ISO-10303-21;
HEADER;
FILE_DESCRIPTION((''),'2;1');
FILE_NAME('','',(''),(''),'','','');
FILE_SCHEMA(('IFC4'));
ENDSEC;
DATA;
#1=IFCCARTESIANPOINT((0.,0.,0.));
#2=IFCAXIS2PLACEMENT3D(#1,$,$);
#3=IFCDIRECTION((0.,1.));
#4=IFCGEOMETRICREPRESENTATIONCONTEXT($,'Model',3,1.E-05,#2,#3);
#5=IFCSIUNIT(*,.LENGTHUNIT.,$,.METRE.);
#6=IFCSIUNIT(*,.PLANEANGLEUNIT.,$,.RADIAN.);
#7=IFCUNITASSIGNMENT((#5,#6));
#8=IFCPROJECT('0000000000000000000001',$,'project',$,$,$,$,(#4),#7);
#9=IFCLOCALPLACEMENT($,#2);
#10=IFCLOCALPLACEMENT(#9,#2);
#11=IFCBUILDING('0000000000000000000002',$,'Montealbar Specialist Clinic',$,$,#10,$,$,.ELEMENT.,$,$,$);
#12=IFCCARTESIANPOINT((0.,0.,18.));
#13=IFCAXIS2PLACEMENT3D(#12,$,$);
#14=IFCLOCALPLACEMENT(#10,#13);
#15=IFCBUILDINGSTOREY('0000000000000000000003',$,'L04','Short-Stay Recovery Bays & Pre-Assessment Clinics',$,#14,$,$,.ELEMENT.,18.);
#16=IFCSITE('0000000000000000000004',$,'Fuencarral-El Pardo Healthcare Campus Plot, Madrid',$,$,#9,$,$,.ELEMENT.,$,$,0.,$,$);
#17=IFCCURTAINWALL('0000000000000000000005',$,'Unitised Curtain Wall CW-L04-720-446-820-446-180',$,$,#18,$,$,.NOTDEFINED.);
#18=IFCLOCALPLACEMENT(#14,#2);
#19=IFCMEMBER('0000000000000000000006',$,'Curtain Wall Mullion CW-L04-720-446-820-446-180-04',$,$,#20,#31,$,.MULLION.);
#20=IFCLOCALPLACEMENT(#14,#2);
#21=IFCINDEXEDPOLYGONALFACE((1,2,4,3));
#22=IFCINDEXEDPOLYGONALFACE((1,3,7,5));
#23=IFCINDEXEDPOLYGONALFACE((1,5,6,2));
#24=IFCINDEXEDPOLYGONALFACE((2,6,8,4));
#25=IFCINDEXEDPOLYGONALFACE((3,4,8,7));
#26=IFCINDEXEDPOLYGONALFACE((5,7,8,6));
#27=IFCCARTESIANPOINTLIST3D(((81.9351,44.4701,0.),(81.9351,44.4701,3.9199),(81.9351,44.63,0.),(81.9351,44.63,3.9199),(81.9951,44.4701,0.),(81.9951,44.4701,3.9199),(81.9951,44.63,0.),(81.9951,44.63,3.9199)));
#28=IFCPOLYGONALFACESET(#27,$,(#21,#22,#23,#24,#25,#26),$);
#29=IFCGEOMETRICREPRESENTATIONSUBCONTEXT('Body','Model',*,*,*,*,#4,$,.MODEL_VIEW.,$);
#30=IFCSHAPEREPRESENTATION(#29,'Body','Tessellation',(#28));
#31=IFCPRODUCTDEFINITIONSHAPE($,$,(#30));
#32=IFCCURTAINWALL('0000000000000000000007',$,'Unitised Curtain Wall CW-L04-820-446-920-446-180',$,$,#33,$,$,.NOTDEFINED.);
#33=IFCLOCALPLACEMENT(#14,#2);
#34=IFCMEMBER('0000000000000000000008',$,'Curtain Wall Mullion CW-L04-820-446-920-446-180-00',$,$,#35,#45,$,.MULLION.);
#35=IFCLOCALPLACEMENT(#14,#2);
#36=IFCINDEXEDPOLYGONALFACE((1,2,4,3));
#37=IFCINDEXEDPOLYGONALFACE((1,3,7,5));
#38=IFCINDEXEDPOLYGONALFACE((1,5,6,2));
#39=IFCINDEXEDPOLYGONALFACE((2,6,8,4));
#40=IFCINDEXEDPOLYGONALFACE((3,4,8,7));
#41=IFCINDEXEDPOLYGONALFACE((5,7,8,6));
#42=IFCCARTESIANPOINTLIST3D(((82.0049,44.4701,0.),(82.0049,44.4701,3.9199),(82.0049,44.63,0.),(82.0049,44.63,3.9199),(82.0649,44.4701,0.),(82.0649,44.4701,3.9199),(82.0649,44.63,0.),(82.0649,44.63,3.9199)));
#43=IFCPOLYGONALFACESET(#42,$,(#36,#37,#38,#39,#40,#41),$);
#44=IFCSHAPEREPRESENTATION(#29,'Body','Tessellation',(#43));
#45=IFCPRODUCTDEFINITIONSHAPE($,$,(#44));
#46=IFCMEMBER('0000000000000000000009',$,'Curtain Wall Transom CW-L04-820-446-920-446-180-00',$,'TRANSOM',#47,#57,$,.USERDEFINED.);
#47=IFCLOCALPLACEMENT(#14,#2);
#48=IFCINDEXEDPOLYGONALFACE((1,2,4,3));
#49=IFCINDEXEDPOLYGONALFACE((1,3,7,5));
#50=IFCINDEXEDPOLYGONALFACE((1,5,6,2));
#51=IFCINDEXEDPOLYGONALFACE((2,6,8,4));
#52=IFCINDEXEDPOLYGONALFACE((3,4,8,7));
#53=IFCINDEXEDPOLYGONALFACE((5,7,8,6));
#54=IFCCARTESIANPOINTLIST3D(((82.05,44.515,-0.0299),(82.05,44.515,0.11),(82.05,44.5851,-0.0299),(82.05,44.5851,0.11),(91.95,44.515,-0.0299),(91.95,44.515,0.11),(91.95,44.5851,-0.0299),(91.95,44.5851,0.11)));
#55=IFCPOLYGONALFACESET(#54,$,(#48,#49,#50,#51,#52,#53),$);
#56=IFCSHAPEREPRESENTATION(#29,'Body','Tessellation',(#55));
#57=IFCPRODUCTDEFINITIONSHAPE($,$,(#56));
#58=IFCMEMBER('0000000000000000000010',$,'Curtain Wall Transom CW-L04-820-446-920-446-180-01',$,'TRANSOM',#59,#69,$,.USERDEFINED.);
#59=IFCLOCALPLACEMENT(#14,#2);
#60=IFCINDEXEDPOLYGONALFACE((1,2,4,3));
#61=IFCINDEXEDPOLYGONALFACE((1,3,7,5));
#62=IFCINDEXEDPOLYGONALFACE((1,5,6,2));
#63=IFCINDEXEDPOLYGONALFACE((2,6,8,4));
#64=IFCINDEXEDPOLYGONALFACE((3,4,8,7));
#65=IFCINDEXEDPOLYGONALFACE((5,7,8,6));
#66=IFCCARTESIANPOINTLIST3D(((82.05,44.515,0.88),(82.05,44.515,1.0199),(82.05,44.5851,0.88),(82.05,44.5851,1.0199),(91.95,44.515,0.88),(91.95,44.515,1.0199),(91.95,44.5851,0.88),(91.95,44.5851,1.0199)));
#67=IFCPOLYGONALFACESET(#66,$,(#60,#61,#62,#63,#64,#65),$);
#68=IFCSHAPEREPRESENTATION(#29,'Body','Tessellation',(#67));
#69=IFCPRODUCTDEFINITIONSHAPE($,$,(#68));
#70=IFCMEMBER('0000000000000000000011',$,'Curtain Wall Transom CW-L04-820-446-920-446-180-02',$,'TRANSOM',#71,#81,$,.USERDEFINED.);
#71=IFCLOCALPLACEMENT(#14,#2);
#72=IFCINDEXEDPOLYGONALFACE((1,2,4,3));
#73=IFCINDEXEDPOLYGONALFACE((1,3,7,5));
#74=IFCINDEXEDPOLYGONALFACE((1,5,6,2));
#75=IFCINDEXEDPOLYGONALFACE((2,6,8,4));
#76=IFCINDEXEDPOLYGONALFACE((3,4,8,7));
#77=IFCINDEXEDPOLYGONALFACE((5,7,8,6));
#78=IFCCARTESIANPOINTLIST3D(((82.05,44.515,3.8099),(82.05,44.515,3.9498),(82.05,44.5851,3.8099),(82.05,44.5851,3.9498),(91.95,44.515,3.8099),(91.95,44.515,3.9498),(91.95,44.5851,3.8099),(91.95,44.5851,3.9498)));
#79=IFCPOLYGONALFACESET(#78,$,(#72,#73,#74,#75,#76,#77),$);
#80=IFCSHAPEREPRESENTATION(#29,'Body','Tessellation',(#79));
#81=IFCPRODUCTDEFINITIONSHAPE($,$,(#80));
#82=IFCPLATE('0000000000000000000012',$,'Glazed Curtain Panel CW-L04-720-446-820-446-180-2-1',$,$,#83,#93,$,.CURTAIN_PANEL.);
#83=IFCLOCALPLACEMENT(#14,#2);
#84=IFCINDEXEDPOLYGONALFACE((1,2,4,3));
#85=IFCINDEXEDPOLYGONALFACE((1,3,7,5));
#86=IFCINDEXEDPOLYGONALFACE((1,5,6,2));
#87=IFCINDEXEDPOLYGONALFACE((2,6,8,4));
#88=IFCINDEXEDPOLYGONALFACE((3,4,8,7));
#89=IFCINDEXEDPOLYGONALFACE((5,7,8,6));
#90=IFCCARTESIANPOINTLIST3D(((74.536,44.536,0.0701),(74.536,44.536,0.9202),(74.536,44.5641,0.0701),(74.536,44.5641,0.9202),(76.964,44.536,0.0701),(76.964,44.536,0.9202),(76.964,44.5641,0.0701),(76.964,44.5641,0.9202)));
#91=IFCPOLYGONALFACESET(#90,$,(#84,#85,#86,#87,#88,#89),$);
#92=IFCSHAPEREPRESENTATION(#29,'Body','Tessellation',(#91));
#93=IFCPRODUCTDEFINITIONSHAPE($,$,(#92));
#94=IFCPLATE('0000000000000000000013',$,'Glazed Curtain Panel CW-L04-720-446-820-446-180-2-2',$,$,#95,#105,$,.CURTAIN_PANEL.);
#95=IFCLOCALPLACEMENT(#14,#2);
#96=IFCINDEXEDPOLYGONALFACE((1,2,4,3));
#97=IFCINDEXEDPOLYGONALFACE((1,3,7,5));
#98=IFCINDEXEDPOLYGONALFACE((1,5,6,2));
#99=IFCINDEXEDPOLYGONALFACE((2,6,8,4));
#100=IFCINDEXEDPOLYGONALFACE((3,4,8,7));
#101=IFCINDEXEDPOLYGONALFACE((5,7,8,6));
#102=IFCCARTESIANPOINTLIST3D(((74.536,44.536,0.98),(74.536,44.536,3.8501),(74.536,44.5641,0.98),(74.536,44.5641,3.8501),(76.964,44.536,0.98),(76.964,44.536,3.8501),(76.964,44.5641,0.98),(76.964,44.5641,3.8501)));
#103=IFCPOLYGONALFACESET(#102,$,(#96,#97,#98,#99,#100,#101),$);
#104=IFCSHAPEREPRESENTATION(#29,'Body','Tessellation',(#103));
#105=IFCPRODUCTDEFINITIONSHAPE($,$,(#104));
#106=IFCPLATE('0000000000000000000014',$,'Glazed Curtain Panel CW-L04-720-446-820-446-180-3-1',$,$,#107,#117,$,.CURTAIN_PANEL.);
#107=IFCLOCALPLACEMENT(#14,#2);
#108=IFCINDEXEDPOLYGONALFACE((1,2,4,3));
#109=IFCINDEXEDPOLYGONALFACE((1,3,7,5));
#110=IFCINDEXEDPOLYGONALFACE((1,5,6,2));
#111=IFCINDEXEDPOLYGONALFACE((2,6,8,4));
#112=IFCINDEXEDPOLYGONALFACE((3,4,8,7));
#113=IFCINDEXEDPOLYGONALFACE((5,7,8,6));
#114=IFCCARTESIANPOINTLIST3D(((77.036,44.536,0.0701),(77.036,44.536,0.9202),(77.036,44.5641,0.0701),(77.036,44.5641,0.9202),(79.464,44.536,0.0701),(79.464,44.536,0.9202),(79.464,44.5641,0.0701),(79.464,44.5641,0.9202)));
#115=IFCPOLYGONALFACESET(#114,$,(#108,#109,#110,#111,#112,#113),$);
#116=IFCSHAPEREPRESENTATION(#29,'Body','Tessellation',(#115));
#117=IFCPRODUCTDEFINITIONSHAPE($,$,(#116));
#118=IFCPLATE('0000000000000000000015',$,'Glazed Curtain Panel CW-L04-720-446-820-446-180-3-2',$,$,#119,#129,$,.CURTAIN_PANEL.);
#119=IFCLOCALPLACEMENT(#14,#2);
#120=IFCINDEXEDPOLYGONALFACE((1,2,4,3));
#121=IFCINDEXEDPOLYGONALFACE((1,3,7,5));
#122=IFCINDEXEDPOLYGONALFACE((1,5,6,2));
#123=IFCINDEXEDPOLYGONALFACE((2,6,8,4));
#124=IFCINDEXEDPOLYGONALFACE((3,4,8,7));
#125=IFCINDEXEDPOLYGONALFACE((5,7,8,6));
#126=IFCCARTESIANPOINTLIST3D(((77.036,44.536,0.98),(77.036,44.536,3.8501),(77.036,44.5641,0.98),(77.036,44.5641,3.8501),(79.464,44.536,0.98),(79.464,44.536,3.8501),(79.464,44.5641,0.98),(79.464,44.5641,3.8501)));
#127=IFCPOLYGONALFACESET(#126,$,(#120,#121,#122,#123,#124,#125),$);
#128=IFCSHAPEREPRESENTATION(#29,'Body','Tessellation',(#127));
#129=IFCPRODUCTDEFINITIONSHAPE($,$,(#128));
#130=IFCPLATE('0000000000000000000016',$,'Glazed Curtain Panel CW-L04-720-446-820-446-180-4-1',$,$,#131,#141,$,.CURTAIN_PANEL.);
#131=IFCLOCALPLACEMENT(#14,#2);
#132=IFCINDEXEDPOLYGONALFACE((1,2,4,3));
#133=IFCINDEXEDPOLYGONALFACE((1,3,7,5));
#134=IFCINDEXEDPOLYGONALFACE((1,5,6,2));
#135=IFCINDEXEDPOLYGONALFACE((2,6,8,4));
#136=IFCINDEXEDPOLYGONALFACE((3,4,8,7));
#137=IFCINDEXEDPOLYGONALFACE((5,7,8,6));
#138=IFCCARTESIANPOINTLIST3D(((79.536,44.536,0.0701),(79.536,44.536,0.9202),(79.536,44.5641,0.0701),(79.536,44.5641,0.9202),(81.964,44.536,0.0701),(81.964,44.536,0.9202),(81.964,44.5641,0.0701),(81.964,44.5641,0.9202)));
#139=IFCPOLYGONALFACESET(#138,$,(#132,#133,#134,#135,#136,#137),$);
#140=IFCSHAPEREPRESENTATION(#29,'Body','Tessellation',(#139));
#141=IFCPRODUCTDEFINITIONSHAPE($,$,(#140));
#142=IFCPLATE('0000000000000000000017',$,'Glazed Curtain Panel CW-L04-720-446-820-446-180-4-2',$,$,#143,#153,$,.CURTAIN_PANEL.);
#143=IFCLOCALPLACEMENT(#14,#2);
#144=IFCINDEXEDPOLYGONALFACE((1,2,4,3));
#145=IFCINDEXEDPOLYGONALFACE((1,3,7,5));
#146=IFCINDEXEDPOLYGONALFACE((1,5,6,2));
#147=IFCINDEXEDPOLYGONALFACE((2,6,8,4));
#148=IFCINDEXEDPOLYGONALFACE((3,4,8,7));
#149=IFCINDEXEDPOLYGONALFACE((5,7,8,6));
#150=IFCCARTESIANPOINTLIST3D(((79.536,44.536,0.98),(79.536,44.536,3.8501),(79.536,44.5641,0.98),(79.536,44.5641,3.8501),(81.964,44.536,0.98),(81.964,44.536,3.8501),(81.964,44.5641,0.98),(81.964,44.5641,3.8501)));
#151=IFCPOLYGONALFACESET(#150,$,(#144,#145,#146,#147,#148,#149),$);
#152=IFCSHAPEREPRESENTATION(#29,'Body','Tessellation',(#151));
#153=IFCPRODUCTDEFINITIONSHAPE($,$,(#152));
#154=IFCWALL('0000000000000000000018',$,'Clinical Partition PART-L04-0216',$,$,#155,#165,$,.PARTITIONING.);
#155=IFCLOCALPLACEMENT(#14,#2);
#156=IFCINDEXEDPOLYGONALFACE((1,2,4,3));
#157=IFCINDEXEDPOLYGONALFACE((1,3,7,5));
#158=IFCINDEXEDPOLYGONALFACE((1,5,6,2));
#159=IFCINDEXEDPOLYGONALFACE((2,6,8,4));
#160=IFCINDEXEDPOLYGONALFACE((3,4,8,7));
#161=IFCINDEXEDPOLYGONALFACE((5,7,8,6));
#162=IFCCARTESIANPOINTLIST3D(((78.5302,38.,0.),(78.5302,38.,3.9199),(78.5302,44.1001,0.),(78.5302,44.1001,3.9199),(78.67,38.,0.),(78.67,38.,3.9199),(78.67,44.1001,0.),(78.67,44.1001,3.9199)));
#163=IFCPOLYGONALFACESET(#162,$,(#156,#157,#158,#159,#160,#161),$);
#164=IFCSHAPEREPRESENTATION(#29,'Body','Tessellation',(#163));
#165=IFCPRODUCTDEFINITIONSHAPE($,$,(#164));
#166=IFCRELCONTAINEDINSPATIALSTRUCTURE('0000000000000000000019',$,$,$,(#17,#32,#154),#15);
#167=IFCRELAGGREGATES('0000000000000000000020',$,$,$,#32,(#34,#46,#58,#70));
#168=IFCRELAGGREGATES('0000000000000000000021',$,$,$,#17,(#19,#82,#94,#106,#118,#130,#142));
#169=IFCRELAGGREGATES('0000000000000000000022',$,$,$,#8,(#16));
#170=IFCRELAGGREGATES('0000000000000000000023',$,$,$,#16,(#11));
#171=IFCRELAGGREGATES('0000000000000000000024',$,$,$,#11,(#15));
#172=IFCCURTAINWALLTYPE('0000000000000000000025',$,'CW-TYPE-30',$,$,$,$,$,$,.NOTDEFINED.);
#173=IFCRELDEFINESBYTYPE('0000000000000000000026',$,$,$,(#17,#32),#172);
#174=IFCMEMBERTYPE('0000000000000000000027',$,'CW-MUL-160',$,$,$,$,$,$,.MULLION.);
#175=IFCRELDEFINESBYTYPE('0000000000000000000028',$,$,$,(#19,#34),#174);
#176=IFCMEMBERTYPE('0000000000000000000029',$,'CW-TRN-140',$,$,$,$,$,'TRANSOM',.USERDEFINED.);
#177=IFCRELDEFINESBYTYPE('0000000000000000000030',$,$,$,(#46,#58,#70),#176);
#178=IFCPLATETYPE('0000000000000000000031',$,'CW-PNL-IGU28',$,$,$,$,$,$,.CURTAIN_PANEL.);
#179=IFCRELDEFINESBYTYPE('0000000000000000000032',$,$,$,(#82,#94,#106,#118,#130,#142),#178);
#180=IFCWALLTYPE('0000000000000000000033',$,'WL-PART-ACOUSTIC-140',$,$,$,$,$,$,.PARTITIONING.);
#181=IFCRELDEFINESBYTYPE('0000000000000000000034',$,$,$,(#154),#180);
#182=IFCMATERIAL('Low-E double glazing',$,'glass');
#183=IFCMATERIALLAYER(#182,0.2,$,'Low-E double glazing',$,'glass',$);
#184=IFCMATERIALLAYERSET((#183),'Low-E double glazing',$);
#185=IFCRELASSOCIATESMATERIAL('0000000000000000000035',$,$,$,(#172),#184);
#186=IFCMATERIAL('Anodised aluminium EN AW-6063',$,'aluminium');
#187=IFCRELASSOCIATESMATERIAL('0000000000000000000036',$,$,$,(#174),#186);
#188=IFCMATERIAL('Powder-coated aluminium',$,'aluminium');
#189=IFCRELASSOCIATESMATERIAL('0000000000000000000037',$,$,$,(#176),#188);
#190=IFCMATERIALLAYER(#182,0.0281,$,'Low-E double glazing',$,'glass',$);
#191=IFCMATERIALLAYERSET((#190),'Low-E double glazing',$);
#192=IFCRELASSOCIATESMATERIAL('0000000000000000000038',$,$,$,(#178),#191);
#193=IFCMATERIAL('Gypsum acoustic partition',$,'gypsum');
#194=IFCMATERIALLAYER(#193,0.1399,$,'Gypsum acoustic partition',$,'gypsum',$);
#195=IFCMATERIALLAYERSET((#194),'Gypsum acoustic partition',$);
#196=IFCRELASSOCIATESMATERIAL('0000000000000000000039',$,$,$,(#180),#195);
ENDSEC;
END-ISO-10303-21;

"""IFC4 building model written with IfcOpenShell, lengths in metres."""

from ifc_helpers import new_model, si_unit, direction, frame, frame_2d, origin, origin_2d, place, context, subcontext, project, spatial, rectangle, extrude, material, layer, layer_set, material_profile, profile_set, type_object, element, aggregate, save


model = new_model("IFC4")

# Units and contexts
model_context = context("Model", 3, precision=1e-05, world=origin(), true_north=direction((0.0, 1.0)))
body_context = subcontext(model_context, "Body", "Model", "MODEL_VIEW")
ifc_project = project(units=[si_unit("LENGTHUNIT", "METRE"), si_unit("PLANEANGLEUNIT", "RADIAN")], contexts=[model_context])

# Site, building, storey
site_placement = place(None, origin())
site = spatial("IfcSite", under=ifc_project, at=site_placement, Name="Fuencarral-El Pardo Healthcare Campus Plot, Madrid", CompositionType="ELEMENT", RefElevation=0.0)
building_placement = place(site_placement, origin())
building = spatial("IfcBuilding", under=site, at=building_placement, Name="Montealbar Specialist Clinic", CompositionType="ELEMENT")
storey_placement = place(building_placement, frame((0.0, 0.0, 18.0)))
storey = spatial("IfcBuildingStorey", under=building, at=storey_placement, Name="L04", Description="Short-Stay Recovery Bays & Pre-Assessment Clinics", CompositionType="ELEMENT", Elevation=18.0)

# Curtain walls, members
ifc_material_1 = material(Name="Low-E double glazing", Category="glass")
ifc_layer_1 = layer(ifc_material_1, 0.2, Name="Low-E double glazing", Category="glass")
ifc_layer_set_1 = layer_set([ifc_layer_1], Name="Low-E double glazing")
curtain_wall_type = type_object("IfcCurtainWallType", Name="CW-TYPE-30", PredefinedType="NOTDEFINED", material=ifc_layer_set_1)
curtain_wall_1_placement = place(storey_placement, origin())
curtain_wall_1 = element("IfcCurtainWall", 1, at=curtain_wall_1_placement, inside=storey, type_object=curtain_wall_type, Name="Unitised Curtain Wall CW-L04-720-446-820-446-180", PredefinedType="NOTDEFINED")
ifc_material_2 = material(Name="Anodised aluminium EN AW-6063", Category="aluminium")
ifc_material_profile_1 = material_profile(ifc_material_2, rectangle(XDim=0.0601, YDim=0.1599, at=origin_2d()), Name="ALU 60x160", Category="aluminium")
ifc_profile_set_1 = profile_set([ifc_material_profile_1], Name="Anodised aluminium EN AW-6063")
member_type_1 = type_object("IfcMemberType", Name="CW-MUL-160", PredefinedType="MULLION", material=ifc_profile_set_1)
member_1_placement = place(storey_placement, frame((81.9651, 44.55, 0.0), z_axis=(0.0, 0.0, 1.0), x_axis=(1.0, 0.0, 0.0)))
member_1 = element("IfcMember", 2, at=member_1_placement, type_object=member_type_1, Name="Curtain Wall Mullion CW-L04-720-446-820-446-180-04", PredefinedType="MULLION", context=body_context, shape_type="SweptSolid", body=[
    extrude(rectangle(XDim=0.0601, YDim=0.1599, at=origin_2d()), origin(), (0.0, 0.0, 1.0), 3.9199),
])
curtain_wall_2_placement = place(storey_placement, origin())
curtain_wall_2 = element("IfcCurtainWall", 3, at=curtain_wall_2_placement, inside=storey, type_object=curtain_wall_type, Name="Unitised Curtain Wall CW-L04-820-446-920-446-180", PredefinedType="NOTDEFINED")
member_2_placement = place(storey_placement, frame((82.0349, 44.55, 0.0), z_axis=(0.0, 0.0, 1.0), x_axis=(1.0, 0.0, 0.0)))
member_2 = element("IfcMember", 4, at=member_2_placement, type_object=member_type_1, Name="Curtain Wall Mullion CW-L04-820-446-920-446-180-00", PredefinedType="MULLION", context=body_context, shape_type="SweptSolid", body=[
    extrude(rectangle(XDim=0.0601, YDim=0.1599, at=origin_2d()), origin(), (0.0, 0.0, 1.0), 3.9199),
])
ifc_material_3 = material(Name="Powder-coated aluminium", Category="aluminium")
ifc_material_profile_2 = material_profile(ifc_material_3, rectangle(XDim=0.0701, YDim=0.1399, at=origin_2d()), Name="ALU 70x140", Category="aluminium")
ifc_profile_set_2 = profile_set([ifc_material_profile_2], Name="Powder-coated aluminium")
member_type_2 = type_object("IfcMemberType", Name="CW-TRN-140", ElementType="TRANSOM", PredefinedType="USERDEFINED", material=ifc_profile_set_2)
member_3_placement = place(storey_placement, frame((82.05, 44.55, 0.04), z_axis=(1.0, 0.0, 0.0), x_axis=(0.0, 1.0, 0.0)))
member_3 = element("IfcMember", 5, at=member_3_placement, type_object=member_type_2, Name="Curtain Wall Transom CW-L04-820-446-920-446-180-00", ObjectType="TRANSOM", PredefinedType="USERDEFINED", context=body_context, shape_type="SweptSolid", body=[
    extrude(rectangle(XDim=0.0701, YDim=0.1399, at=origin_2d()), origin(), (0.0, 0.0, 1.0), 9.8999),
])
member_4_placement = place(storey_placement, frame((82.05, 44.55, 0.95), z_axis=(1.0, 0.0, 0.0), x_axis=(0.0, 1.0, 0.0)))
member_4 = element("IfcMember", 6, at=member_4_placement, type_object=member_type_2, Name="Curtain Wall Transom CW-L04-820-446-920-446-180-01", ObjectType="TRANSOM", PredefinedType="USERDEFINED", context=body_context, shape_type="SweptSolid", body=[
    extrude(rectangle(XDim=0.0701, YDim=0.1399, at=origin_2d()), origin(), (0.0, 0.0, 1.0), 9.8999),
])
member_5_placement = place(storey_placement, frame((82.05, 44.55, 3.8799), z_axis=(1.0, 0.0, 0.0), x_axis=(0.0, 1.0, 0.0)))
member_5 = element("IfcMember", 7, at=member_5_placement, type_object=member_type_2, Name="Curtain Wall Transom CW-L04-820-446-920-446-180-02", ObjectType="TRANSOM", PredefinedType="USERDEFINED", context=body_context, shape_type="SweptSolid", body=[
    extrude(rectangle(XDim=0.0701, YDim=0.1399, at=origin_2d()), origin(), (0.0, 0.0, 1.0), 9.8999),
])
aggregate(curtain_wall_2, [member_2, member_3, member_4, member_5])

# Plates
ifc_layer_2 = layer(ifc_material_1, 0.0281, Name="Low-E double glazing", Category="glass")
ifc_layer_set_2 = layer_set([ifc_layer_2], Name="Low-E double glazing")
plate_type = type_object("IfcPlateType", Name="CW-PNL-IGU28", PredefinedType="CURTAIN_PANEL", material=ifc_layer_set_2)
plate_1_placement = place(storey_placement, frame((75.75, 44.55, 0.0701), z_axis=(0.0, 0.0, 1.0), x_axis=(1.0, 0.0, 0.0)))
plate_1 = element("IfcPlate", 8, at=plate_1_placement, type_object=plate_type, Name="Glazed Curtain Panel CW-L04-720-446-820-446-180-2-1", PredefinedType="CURTAIN_PANEL", context=body_context, shape_type="SweptSolid", body=[
    extrude(rectangle(XDim=2.428, YDim=0.0281, at=origin_2d()), origin(), (0.0, 0.0, 1.0), 0.8501),
])
plate_2_placement = place(storey_placement, frame((75.75, 44.55, 0.98), z_axis=(0.0, 0.0, 1.0), x_axis=(1.0, 0.0, 0.0)))
plate_2 = element("IfcPlate", 9, at=plate_2_placement, type_object=plate_type, Name="Glazed Curtain Panel CW-L04-720-446-820-446-180-2-2", PredefinedType="CURTAIN_PANEL", context=body_context, shape_type="SweptSolid", body=[
    extrude(rectangle(XDim=2.428, YDim=0.0281, at=origin_2d()), origin(), (0.0, 0.0, 1.0), 2.8701),
])
plate_3_placement = place(storey_placement, frame((78.25, 44.55, 0.0701), z_axis=(0.0, 0.0, 1.0), x_axis=(1.0, 0.0, 0.0)))
plate_3 = element("IfcPlate", 10, at=plate_3_placement, type_object=plate_type, Name="Glazed Curtain Panel CW-L04-720-446-820-446-180-3-1", PredefinedType="CURTAIN_PANEL", context=body_context, shape_type="SweptSolid", body=[
    extrude(rectangle(XDim=2.428, YDim=0.0281, at=origin_2d()), origin(), (0.0, 0.0, 1.0), 0.8501),
])
plate_4_placement = place(storey_placement, frame((78.25, 44.55, 0.98), z_axis=(0.0, 0.0, 1.0), x_axis=(1.0, 0.0, 0.0)))
plate_4 = element("IfcPlate", 11, at=plate_4_placement, type_object=plate_type, Name="Glazed Curtain Panel CW-L04-720-446-820-446-180-3-2", PredefinedType="CURTAIN_PANEL", context=body_context, shape_type="SweptSolid", body=[
    extrude(rectangle(XDim=2.428, YDim=0.0281, at=origin_2d()), origin(), (0.0, 0.0, 1.0), 2.8701),
])
plate_5_placement = place(storey_placement, frame((80.75, 44.55, 0.0701), z_axis=(0.0, 0.0, 1.0), x_axis=(1.0, 0.0, 0.0)))
plate_5 = element("IfcPlate", 12, at=plate_5_placement, type_object=plate_type, Name="Glazed Curtain Panel CW-L04-720-446-820-446-180-4-1", PredefinedType="CURTAIN_PANEL", context=body_context, shape_type="SweptSolid", body=[
    extrude(rectangle(XDim=2.428, YDim=0.0281, at=origin_2d()), origin(), (0.0, 0.0, 1.0), 0.8501),
])
plate_6_placement = place(storey_placement, frame((80.75, 44.55, 0.98), z_axis=(0.0, 0.0, 1.0), x_axis=(1.0, 0.0, 0.0)))
plate_6 = element("IfcPlate", 13, at=plate_6_placement, type_object=plate_type, Name="Glazed Curtain Panel CW-L04-720-446-820-446-180-4-2", PredefinedType="CURTAIN_PANEL", context=body_context, shape_type="SweptSolid", body=[
    extrude(rectangle(XDim=2.428, YDim=0.0281, at=origin_2d()), origin(), (0.0, 0.0, 1.0), 2.8701),
])
aggregate(curtain_wall_1, [member_1, plate_1, plate_2, plate_3, plate_4, plate_5, plate_6])

# Wall
ifc_material_4 = material(Name="Gypsum acoustic partition", Category="gypsum")
ifc_layer_3 = layer(ifc_material_4, 0.1399, Name="Gypsum acoustic partition", Category="gypsum")
ifc_layer_set_3 = layer_set([ifc_layer_3], Name="Gypsum acoustic partition")
wall_type_1 = type_object("IfcWallType", Name="WL-PART-ACOUSTIC-140", PredefinedType="PARTITIONING", material=ifc_layer_set_3)
wall_1_placement = place(storey_placement, frame((78.6001, 38.0, 0.0), z_axis=(0.0, 0.0, 1.0), x_axis=(0.0, 1.0, 0.0)))
element("IfcWall", 14, at=wall_1_placement, inside=storey, type_object=wall_type_1, Name="Clinical Partition PART-L04-0216", PredefinedType="PARTITIONING", context=body_context, shape_type="SweptSolid", body=[
    extrude(rectangle(XDim=6.1001, YDim=0.1399, at=frame_2d((3.05, 0.0))), origin(), (0.0, 0.0, 1.0), 3.9199),
])

save(model, "model.ifc")
